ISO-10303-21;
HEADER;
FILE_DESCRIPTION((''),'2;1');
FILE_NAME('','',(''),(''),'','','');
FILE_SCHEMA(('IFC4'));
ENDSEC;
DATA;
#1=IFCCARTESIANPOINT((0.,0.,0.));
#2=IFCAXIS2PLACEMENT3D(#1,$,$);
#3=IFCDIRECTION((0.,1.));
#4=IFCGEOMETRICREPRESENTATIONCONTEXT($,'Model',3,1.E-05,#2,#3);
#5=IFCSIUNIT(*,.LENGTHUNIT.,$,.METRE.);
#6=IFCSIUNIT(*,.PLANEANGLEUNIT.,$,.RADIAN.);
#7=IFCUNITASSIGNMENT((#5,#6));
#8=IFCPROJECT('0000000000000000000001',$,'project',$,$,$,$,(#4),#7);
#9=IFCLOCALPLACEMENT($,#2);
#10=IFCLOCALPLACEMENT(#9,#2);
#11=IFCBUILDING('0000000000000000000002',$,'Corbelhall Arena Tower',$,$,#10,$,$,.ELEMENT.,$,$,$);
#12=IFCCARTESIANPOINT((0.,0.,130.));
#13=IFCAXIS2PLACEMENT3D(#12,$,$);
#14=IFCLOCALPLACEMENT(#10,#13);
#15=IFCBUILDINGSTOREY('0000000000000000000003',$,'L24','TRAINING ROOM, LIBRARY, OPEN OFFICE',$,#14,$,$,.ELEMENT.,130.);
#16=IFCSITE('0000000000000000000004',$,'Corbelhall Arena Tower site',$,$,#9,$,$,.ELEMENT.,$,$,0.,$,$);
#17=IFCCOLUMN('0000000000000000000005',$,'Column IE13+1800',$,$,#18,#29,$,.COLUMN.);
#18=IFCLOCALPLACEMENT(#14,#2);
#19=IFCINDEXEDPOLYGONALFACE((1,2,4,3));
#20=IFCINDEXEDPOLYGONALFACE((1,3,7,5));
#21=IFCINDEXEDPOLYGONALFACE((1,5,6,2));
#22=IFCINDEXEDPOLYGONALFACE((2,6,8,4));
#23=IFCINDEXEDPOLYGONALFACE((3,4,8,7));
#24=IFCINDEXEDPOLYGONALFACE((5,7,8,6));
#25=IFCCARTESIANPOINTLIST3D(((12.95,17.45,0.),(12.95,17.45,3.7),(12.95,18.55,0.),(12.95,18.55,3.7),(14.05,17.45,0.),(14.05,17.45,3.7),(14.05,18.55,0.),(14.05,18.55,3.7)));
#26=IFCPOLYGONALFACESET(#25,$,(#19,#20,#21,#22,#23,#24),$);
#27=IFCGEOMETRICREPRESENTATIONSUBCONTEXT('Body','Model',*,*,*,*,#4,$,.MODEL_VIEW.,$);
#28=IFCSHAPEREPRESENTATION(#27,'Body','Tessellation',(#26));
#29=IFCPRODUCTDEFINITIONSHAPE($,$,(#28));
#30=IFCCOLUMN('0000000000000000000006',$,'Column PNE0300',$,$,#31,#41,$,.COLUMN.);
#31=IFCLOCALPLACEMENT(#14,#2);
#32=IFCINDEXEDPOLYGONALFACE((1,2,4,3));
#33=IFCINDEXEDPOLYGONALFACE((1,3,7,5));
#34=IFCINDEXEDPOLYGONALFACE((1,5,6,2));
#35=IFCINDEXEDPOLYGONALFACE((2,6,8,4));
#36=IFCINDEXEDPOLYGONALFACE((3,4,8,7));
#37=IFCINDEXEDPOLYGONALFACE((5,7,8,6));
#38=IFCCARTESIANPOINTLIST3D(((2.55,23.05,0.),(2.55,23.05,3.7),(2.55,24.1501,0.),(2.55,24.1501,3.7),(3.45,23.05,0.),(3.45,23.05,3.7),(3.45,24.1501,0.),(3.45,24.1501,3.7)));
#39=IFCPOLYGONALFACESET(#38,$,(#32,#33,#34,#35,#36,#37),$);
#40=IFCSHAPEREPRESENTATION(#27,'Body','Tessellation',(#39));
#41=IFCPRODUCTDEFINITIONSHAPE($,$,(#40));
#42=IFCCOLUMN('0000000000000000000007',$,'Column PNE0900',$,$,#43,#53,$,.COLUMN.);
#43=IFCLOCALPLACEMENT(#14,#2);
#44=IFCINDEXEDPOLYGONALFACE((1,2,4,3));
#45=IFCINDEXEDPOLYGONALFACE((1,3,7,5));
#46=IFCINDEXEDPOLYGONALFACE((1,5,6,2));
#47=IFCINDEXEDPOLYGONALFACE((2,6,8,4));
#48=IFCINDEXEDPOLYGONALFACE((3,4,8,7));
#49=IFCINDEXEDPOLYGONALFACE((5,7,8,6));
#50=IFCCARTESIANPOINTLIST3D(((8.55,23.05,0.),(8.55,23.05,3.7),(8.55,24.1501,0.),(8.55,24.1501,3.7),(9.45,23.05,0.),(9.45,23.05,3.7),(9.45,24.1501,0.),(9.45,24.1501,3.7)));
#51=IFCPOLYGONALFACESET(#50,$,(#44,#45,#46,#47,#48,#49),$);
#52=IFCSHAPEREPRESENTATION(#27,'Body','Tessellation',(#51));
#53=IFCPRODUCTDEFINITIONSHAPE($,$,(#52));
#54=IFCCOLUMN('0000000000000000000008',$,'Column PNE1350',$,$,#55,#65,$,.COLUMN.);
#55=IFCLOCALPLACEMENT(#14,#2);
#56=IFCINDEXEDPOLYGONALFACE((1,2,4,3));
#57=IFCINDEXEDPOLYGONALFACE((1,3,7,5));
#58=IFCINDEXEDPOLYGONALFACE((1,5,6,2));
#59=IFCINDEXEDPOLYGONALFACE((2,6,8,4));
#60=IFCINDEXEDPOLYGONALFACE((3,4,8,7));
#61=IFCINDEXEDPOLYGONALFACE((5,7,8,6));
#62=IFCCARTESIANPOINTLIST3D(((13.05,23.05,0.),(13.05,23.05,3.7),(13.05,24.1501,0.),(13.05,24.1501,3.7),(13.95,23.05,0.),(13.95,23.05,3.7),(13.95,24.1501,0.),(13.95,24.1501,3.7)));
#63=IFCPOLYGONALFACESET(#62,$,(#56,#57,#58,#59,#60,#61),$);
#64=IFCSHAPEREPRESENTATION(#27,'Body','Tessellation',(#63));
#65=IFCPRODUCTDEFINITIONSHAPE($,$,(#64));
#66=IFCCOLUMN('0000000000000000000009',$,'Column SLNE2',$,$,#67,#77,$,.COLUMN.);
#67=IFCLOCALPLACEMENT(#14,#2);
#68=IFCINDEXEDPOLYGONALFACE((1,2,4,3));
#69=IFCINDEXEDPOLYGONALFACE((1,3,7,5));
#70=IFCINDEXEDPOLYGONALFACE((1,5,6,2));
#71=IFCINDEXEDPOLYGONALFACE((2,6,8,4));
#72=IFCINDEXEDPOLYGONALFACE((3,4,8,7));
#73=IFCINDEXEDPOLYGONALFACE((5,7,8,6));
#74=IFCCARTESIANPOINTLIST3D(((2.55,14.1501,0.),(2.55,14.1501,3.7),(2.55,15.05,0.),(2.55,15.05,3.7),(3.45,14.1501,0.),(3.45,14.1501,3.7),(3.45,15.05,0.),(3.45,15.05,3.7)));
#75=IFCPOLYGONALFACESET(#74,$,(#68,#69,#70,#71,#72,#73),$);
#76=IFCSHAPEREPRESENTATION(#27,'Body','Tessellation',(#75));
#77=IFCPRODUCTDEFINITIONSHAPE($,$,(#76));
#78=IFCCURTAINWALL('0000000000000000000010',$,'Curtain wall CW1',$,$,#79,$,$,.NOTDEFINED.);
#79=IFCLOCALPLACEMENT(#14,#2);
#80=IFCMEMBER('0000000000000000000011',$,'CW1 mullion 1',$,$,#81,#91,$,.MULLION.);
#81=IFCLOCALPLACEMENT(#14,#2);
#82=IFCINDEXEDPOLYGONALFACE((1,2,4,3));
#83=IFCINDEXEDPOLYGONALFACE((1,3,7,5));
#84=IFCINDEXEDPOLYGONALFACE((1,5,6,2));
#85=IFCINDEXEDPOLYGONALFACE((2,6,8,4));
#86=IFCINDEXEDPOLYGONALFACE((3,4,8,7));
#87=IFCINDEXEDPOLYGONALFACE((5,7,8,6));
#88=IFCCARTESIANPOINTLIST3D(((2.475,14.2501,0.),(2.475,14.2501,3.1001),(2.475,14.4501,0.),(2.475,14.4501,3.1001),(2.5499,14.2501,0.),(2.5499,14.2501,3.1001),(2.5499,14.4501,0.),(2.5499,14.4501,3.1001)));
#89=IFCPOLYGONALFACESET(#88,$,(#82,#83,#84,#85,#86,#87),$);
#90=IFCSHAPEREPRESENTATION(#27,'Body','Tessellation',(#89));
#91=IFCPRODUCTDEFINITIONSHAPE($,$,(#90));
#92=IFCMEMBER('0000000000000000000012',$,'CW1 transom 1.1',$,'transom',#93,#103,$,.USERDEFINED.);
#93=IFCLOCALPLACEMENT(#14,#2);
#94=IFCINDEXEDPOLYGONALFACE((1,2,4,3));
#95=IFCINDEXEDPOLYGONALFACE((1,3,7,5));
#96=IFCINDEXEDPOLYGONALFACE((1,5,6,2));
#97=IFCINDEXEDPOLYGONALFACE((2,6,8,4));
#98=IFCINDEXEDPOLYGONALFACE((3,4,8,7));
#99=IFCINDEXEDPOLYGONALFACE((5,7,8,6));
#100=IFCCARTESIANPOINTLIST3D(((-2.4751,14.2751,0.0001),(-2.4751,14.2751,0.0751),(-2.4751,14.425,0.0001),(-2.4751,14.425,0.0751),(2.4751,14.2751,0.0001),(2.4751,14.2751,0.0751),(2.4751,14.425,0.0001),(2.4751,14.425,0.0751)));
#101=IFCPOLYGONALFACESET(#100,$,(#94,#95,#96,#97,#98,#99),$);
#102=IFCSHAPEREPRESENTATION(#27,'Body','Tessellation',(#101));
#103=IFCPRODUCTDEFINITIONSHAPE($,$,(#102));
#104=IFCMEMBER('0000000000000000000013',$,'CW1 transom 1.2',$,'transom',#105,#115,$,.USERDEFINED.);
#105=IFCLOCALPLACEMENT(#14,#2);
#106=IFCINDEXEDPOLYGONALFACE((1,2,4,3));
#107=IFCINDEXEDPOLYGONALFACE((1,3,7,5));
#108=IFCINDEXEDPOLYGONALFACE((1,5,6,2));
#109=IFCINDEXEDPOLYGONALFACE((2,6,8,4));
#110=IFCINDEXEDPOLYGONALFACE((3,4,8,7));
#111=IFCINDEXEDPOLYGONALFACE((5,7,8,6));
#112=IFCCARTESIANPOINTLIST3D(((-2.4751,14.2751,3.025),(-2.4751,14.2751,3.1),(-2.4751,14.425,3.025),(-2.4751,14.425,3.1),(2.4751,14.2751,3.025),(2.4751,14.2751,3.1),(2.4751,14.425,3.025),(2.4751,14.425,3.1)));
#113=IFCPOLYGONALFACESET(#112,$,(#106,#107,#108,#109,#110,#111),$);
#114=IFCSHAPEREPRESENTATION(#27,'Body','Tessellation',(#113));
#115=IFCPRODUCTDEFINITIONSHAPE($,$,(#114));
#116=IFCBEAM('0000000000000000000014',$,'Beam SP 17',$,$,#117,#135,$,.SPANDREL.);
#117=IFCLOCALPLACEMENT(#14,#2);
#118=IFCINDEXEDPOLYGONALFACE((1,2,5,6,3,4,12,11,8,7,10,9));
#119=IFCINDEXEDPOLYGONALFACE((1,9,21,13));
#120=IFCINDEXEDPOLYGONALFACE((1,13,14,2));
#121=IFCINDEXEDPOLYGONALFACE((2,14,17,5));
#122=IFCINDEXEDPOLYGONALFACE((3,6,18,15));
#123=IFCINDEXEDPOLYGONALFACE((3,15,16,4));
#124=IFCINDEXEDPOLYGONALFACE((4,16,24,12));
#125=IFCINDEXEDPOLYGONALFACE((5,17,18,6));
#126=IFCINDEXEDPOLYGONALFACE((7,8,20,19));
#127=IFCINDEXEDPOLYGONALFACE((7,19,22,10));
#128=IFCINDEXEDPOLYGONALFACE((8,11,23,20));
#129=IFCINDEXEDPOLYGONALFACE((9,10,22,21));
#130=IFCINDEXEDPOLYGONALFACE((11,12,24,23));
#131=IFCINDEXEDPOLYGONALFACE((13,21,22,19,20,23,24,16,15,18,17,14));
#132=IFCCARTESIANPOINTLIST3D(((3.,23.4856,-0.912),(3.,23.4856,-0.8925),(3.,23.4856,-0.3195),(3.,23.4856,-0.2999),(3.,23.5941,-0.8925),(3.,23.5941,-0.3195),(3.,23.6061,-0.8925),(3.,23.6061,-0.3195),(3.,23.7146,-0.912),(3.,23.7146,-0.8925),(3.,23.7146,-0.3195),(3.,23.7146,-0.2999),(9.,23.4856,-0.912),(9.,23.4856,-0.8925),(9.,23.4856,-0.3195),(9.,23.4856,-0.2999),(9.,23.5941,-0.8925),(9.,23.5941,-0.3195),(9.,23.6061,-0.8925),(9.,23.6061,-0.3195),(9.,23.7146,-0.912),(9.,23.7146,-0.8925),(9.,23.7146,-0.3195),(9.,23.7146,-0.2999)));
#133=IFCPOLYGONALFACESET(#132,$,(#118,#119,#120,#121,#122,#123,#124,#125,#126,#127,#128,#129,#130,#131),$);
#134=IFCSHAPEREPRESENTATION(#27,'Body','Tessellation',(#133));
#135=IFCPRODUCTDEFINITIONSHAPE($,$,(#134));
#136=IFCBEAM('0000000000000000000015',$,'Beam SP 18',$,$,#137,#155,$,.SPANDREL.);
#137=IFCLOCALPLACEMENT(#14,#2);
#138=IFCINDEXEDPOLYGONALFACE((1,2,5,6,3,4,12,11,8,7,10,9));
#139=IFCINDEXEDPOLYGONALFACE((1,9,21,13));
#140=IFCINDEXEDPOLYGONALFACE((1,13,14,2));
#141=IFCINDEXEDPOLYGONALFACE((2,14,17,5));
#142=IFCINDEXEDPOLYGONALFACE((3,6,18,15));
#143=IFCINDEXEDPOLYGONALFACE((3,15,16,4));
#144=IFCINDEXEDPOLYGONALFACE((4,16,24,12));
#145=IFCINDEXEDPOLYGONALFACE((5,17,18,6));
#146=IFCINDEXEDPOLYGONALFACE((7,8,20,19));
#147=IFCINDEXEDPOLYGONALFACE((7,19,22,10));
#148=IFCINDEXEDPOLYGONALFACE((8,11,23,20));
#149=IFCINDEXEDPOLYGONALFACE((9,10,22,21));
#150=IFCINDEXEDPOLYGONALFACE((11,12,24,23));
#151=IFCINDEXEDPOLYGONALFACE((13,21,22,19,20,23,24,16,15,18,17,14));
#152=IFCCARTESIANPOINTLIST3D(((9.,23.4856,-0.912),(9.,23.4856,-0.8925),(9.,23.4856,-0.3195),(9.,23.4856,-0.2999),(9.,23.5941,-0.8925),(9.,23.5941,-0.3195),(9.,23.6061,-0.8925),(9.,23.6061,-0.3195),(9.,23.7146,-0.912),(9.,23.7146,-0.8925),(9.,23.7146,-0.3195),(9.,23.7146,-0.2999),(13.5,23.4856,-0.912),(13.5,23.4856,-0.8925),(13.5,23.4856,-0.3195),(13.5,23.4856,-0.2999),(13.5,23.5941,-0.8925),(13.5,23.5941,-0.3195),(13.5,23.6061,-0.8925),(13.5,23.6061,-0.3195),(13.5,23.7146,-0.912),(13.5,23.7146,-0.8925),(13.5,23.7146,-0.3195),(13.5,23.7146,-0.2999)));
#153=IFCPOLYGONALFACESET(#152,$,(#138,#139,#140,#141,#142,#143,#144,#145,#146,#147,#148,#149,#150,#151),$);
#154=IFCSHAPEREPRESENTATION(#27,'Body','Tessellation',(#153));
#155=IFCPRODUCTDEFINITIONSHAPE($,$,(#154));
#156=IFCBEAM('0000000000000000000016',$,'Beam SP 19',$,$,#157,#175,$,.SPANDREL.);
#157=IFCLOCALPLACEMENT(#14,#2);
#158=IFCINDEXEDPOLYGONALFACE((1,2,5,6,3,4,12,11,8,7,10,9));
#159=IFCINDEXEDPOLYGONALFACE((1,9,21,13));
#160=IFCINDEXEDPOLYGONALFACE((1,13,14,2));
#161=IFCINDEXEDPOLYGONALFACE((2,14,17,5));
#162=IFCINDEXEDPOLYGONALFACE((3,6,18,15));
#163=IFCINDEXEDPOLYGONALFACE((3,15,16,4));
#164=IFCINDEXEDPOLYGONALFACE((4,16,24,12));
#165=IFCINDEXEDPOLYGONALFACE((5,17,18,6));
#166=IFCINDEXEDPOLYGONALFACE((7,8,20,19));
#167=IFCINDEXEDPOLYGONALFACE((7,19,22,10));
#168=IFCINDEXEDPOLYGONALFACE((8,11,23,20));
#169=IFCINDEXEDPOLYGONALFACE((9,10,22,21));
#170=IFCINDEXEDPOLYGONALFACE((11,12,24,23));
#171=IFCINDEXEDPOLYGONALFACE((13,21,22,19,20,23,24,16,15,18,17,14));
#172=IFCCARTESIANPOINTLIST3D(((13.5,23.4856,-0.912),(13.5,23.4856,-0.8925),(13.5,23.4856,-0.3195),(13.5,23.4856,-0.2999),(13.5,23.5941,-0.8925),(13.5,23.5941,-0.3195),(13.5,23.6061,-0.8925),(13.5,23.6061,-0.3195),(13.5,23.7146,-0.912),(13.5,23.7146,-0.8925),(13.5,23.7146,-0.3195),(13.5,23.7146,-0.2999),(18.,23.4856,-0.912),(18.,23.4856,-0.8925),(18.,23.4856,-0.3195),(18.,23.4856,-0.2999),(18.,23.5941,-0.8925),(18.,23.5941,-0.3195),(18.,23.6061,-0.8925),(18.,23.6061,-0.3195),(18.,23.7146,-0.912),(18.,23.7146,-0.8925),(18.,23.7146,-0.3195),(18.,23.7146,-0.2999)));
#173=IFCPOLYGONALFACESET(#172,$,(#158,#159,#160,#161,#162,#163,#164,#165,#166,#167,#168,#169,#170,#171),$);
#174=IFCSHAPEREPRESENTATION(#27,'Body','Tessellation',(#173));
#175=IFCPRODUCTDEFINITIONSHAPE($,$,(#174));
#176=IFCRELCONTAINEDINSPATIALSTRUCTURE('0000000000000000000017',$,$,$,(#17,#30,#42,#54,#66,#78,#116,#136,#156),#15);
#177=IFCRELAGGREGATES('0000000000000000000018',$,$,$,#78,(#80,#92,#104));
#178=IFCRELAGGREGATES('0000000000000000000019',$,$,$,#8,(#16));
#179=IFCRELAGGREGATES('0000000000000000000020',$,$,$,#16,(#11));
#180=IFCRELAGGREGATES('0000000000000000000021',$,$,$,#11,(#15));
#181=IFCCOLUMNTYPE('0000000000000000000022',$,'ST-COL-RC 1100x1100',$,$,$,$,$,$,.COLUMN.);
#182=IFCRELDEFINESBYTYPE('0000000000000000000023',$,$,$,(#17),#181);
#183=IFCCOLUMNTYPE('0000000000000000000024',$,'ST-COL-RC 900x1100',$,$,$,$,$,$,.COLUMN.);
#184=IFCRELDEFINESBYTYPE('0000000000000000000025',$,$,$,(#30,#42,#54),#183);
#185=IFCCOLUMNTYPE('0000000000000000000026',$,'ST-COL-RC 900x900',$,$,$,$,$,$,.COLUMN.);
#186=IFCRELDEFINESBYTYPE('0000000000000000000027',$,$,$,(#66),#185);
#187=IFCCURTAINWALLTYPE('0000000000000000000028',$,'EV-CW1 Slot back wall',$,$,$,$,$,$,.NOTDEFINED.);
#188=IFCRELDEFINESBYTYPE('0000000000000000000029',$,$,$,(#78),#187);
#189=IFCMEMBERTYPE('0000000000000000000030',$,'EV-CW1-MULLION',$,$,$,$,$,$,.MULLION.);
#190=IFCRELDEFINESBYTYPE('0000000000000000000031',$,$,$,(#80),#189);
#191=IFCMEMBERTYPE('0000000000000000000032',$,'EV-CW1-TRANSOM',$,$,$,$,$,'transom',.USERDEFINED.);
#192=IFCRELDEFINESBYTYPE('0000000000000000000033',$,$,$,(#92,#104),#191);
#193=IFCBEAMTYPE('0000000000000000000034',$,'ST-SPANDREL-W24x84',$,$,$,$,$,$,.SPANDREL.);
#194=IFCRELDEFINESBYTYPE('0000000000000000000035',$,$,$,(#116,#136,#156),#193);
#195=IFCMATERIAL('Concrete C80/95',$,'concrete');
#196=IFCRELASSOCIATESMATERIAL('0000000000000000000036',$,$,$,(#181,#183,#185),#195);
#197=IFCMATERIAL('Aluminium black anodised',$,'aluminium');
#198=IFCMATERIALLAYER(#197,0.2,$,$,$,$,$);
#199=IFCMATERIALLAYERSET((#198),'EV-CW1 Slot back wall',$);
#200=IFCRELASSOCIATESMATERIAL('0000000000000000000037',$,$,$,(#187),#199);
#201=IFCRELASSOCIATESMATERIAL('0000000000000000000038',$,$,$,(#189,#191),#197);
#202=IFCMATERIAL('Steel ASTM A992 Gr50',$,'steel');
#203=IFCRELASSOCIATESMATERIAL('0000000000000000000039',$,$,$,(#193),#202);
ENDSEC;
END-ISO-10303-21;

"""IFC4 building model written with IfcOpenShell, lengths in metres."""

from ifc_helpers import new_model, si_unit, direction, frame, origin, origin_2d, place, context, subcontext, project, spatial, rectangle, i_section, extrude, material, layer, layer_set, material_profile, profile_set, type_object, element, aggregate, save


model = new_model("IFC4")

# Units and contexts
model_context = context("Model", 3, precision=1e-05, world=origin(), true_north=direction((0.0, 1.0)))
body_context = subcontext(model_context, "Body", "Model", "MODEL_VIEW")
ifc_project = project(units=[si_unit("LENGTHUNIT", "METRE"), si_unit("PLANEANGLEUNIT", "RADIAN")], contexts=[model_context])

# Site, building, storey
site_placement = place(None, origin())
site = spatial("IfcSite", under=ifc_project, at=site_placement, Name="Corbelhall Arena Tower site", CompositionType="ELEMENT", RefElevation=0.0)
building_placement = place(site_placement, origin())
building = spatial("IfcBuilding", under=site, at=building_placement, Name="Corbelhall Arena Tower", CompositionType="ELEMENT")
storey_placement = place(building_placement, frame((0.0, 0.0, 130.0)))
storey = spatial("IfcBuildingStorey", under=building, at=storey_placement, Name="L24", Description="TRAINING ROOM, LIBRARY, OPEN OFFICE", CompositionType="ELEMENT", Elevation=130.0)

# Columns
ifc_material_1 = material(Name="Concrete C80/95", Category="concrete")
ifc_material_profile_1 = material_profile(ifc_material_1, rectangle(XDim=1.1001, YDim=1.1001, at=origin_2d()))
ifc_profile_set_1 = profile_set([ifc_material_profile_1], Name="Concrete C80/95")
column_type_1 = type_object("IfcColumnType", Name="ST-COL-RC 1100x1100", PredefinedType="COLUMN", material=ifc_profile_set_1)
column_1_placement = place(storey_placement, frame((13.5, 18.0, 0.0), z_axis=(0.0, 0.0, 1.0), x_axis=(1.0, 0.0, 0.0)))
element("IfcColumn", 1, at=column_1_placement, inside=storey, type_object=column_type_1, Name="Column IE13+1800", PredefinedType="COLUMN", context=body_context, shape_type="SweptSolid", body=[
    extrude(rectangle(XDim=1.1001, YDim=1.1001, at=origin_2d()), origin(), (0.0, 0.0, 1.0), 3.7),
])
ifc_material_profile_2 = material_profile(ifc_material_1, rectangle(XDim=0.8999, YDim=1.1001, at=origin_2d()))
ifc_profile_set_2 = profile_set([ifc_material_profile_2], Name="Concrete C80/95")
column_type_2 = type_object("IfcColumnType", Name="ST-COL-RC 900x1100", PredefinedType="COLUMN", material=ifc_profile_set_2)
for number, where, z_axis, x_axis, name in (
    (2, (3.0, 23.6001, 0.0), (0.0, 0.0, 1.0), (1.0, 0.0, 0.0), "Column PNE0300"),
    (3, (9.0, 23.6001, 0.0), (0.0, 0.0, 1.0), (1.0, 0.0, 0.0), "Column PNE0900"),
    (4, (13.5, 23.6001, 0.0), (0.0, 0.0, 1.0), (1.0, 0.0, 0.0), "Column PNE1350"),
):
    element("IfcColumn", number, at=place(storey_placement, frame(where, z_axis=z_axis, x_axis=x_axis)), inside=storey, type_object=column_type_2, Name=name, PredefinedType="COLUMN", context=body_context, shape_type="SweptSolid", body=[
        extrude(rectangle(XDim=0.8999, YDim=1.1001, at=origin_2d()), origin(), (0.0, 0.0, 1.0), 3.7),
    ])
ifc_material_profile_3 = material_profile(ifc_material_1, rectangle(XDim=0.8999, YDim=0.8999, at=origin_2d()))
ifc_profile_set_3 = profile_set([ifc_material_profile_3], Name="Concrete C80/95")
column_type_3 = type_object("IfcColumnType", Name="ST-COL-RC 900x900", PredefinedType="COLUMN", material=ifc_profile_set_3)
column_2_placement = place(storey_placement, frame((3.0, 14.6001, 0.0), z_axis=(0.0, 0.0, 1.0), x_axis=(1.0, 0.0, 0.0)))
element("IfcColumn", 5, at=column_2_placement, inside=storey, type_object=column_type_3, Name="Column SLNE2", PredefinedType="COLUMN", context=body_context, shape_type="SweptSolid", body=[
    extrude(rectangle(XDim=0.8999, YDim=0.8999, at=origin_2d()), origin(), (0.0, 0.0, 1.0), 3.7),
])

# Curtain wall, members
ifc_material_2 = material(Name="Aluminium black anodised", Category="aluminium")
ifc_layer_1 = layer(ifc_material_2, 0.2)
ifc_layer_set_1 = layer_set([ifc_layer_1], Name="EV-CW1 Slot back wall")
curtain_wall_type = type_object("IfcCurtainWallType", Name="EV-CW1 Slot back wall", PredefinedType="NOTDEFINED", material=ifc_layer_set_1)
curtain_wall_placement = place(storey_placement, origin())
curtain_wall = element("IfcCurtainWall", 6, at=curtain_wall_placement, inside=storey, type_object=curtain_wall_type, Name="Curtain wall CW1", PredefinedType="NOTDEFINED")
ifc_material_profile_4 = material_profile(ifc_material_2, rectangle(XDim=0.2, YDim=0.075, at=origin_2d()))
ifc_profile_set_4 = profile_set([ifc_material_profile_4], Name="Aluminium black anodised")
member_type_1 = type_object("IfcMemberType", Name="EV-CW1-MULLION", PredefinedType="MULLION", material=ifc_profile_set_4)
member_1_placement = place(storey_placement, frame((2.5125, 14.3501, 0.0), z_axis=(0.0, 0.0, 1.0), x_axis=(0.0, -1.0, 0.0)))
member_1 = element("IfcMember", 7, at=member_1_placement, type_object=member_type_1, Name="CW1 mullion 1", PredefinedType="MULLION", context=body_context, shape_type="SweptSolid", body=[
    extrude(rectangle(XDim=0.2, YDim=0.075, at=origin_2d()), origin(), (0.0, 0.0, 1.0), 3.1001),
])
ifc_material_profile_5 = material_profile(ifc_material_2, rectangle(XDim=0.1499, YDim=0.075, at=origin_2d()))
ifc_profile_set_5 = profile_set([ifc_material_profile_5], Name="Aluminium black anodised")
member_type_2 = type_object("IfcMemberType", Name="EV-CW1-TRANSOM", ElementType="transom", PredefinedType="USERDEFINED", material=ifc_profile_set_5)
member_2_placement = place(storey_placement, frame((2.4751, 14.3501, 0.0376), z_axis=(-1.0, 0.0, 0.0), x_axis=(0.0, -1.0, 0.0)))
member_2 = element("IfcMember", 8, at=member_2_placement, type_object=member_type_2, Name="CW1 transom 1.1", ObjectType="transom", PredefinedType="USERDEFINED", context=body_context, shape_type="SweptSolid", body=[
    extrude(rectangle(XDim=0.1499, YDim=0.075, at=origin_2d()), origin(), (0.0, 0.0, 1.0), 4.9502),
])
member_3_placement = place(storey_placement, frame((2.4751, 14.3501, 3.0625), z_axis=(-1.0, 0.0, 0.0), x_axis=(0.0, -1.0, 0.0)))
member_3 = element("IfcMember", 9, at=member_3_placement, type_object=member_type_2, Name="CW1 transom 1.2", ObjectType="transom", PredefinedType="USERDEFINED", context=body_context, shape_type="SweptSolid", body=[
    extrude(rectangle(XDim=0.1499, YDim=0.075, at=origin_2d()), origin(), (0.0, 0.0, 1.0), 4.9502),
])

# Beams
ifc_material_3 = material(Name="Steel ASTM A992 Gr50", Category="steel")
ifc_material_profile_6 = material_profile(ifc_material_3, i_section(OverallWidth=0.229, OverallDepth=0.6121, WebThickness=0.012, FlangeThickness=0.0195, at=origin_2d()))
ifc_profile_set_6 = profile_set([ifc_material_profile_6], Name="Steel ASTM A992 Gr50")
beam_type_1 = type_object("IfcBeamType", Name="ST-SPANDREL-W24x84", PredefinedType="SPANDREL", material=ifc_profile_set_6)
beam_1_placement = place(storey_placement, frame((3.0, 23.6001, -0.606), z_axis=(1.0, 0.0, 0.0), x_axis=(0.0, 1.0, 0.0)))
element("IfcBeam", 10, at=beam_1_placement, inside=storey, type_object=beam_type_1, Name="Beam SP 17", PredefinedType="SPANDREL", context=body_context, shape_type="SweptSolid", body=[
    extrude(i_section(OverallWidth=0.229, OverallDepth=0.6121, WebThickness=0.012, FlangeThickness=0.0195, at=origin_2d()), origin(), (0.0, 0.0, 1.0), 6.0),
])
for number, where, z_axis, x_axis, name in (
    (11, (9.0, 23.6001, -0.606), (1.0, 0.0, 0.0), (0.0, 1.0, 0.0), "Beam SP 18"),
    (12, (13.5, 23.6001, -0.606), (1.0, 0.0, 0.0), (0.0, 1.0, 0.0), "Beam SP 19"),
):
    element("IfcBeam", number, at=place(storey_placement, frame(where, z_axis=z_axis, x_axis=x_axis)), inside=storey, type_object=beam_type_1, Name=name, PredefinedType="SPANDREL", context=body_context, shape_type="SweptSolid", body=[
        extrude(i_section(OverallWidth=0.229, OverallDepth=0.6121, WebThickness=0.012, FlangeThickness=0.0195, at=origin_2d()), origin(), (0.0, 0.0, 1.0), 4.5),
    ])

aggregate(curtain_wall, [member_1, member_2, member_3])

save(model, "model.ifc")
